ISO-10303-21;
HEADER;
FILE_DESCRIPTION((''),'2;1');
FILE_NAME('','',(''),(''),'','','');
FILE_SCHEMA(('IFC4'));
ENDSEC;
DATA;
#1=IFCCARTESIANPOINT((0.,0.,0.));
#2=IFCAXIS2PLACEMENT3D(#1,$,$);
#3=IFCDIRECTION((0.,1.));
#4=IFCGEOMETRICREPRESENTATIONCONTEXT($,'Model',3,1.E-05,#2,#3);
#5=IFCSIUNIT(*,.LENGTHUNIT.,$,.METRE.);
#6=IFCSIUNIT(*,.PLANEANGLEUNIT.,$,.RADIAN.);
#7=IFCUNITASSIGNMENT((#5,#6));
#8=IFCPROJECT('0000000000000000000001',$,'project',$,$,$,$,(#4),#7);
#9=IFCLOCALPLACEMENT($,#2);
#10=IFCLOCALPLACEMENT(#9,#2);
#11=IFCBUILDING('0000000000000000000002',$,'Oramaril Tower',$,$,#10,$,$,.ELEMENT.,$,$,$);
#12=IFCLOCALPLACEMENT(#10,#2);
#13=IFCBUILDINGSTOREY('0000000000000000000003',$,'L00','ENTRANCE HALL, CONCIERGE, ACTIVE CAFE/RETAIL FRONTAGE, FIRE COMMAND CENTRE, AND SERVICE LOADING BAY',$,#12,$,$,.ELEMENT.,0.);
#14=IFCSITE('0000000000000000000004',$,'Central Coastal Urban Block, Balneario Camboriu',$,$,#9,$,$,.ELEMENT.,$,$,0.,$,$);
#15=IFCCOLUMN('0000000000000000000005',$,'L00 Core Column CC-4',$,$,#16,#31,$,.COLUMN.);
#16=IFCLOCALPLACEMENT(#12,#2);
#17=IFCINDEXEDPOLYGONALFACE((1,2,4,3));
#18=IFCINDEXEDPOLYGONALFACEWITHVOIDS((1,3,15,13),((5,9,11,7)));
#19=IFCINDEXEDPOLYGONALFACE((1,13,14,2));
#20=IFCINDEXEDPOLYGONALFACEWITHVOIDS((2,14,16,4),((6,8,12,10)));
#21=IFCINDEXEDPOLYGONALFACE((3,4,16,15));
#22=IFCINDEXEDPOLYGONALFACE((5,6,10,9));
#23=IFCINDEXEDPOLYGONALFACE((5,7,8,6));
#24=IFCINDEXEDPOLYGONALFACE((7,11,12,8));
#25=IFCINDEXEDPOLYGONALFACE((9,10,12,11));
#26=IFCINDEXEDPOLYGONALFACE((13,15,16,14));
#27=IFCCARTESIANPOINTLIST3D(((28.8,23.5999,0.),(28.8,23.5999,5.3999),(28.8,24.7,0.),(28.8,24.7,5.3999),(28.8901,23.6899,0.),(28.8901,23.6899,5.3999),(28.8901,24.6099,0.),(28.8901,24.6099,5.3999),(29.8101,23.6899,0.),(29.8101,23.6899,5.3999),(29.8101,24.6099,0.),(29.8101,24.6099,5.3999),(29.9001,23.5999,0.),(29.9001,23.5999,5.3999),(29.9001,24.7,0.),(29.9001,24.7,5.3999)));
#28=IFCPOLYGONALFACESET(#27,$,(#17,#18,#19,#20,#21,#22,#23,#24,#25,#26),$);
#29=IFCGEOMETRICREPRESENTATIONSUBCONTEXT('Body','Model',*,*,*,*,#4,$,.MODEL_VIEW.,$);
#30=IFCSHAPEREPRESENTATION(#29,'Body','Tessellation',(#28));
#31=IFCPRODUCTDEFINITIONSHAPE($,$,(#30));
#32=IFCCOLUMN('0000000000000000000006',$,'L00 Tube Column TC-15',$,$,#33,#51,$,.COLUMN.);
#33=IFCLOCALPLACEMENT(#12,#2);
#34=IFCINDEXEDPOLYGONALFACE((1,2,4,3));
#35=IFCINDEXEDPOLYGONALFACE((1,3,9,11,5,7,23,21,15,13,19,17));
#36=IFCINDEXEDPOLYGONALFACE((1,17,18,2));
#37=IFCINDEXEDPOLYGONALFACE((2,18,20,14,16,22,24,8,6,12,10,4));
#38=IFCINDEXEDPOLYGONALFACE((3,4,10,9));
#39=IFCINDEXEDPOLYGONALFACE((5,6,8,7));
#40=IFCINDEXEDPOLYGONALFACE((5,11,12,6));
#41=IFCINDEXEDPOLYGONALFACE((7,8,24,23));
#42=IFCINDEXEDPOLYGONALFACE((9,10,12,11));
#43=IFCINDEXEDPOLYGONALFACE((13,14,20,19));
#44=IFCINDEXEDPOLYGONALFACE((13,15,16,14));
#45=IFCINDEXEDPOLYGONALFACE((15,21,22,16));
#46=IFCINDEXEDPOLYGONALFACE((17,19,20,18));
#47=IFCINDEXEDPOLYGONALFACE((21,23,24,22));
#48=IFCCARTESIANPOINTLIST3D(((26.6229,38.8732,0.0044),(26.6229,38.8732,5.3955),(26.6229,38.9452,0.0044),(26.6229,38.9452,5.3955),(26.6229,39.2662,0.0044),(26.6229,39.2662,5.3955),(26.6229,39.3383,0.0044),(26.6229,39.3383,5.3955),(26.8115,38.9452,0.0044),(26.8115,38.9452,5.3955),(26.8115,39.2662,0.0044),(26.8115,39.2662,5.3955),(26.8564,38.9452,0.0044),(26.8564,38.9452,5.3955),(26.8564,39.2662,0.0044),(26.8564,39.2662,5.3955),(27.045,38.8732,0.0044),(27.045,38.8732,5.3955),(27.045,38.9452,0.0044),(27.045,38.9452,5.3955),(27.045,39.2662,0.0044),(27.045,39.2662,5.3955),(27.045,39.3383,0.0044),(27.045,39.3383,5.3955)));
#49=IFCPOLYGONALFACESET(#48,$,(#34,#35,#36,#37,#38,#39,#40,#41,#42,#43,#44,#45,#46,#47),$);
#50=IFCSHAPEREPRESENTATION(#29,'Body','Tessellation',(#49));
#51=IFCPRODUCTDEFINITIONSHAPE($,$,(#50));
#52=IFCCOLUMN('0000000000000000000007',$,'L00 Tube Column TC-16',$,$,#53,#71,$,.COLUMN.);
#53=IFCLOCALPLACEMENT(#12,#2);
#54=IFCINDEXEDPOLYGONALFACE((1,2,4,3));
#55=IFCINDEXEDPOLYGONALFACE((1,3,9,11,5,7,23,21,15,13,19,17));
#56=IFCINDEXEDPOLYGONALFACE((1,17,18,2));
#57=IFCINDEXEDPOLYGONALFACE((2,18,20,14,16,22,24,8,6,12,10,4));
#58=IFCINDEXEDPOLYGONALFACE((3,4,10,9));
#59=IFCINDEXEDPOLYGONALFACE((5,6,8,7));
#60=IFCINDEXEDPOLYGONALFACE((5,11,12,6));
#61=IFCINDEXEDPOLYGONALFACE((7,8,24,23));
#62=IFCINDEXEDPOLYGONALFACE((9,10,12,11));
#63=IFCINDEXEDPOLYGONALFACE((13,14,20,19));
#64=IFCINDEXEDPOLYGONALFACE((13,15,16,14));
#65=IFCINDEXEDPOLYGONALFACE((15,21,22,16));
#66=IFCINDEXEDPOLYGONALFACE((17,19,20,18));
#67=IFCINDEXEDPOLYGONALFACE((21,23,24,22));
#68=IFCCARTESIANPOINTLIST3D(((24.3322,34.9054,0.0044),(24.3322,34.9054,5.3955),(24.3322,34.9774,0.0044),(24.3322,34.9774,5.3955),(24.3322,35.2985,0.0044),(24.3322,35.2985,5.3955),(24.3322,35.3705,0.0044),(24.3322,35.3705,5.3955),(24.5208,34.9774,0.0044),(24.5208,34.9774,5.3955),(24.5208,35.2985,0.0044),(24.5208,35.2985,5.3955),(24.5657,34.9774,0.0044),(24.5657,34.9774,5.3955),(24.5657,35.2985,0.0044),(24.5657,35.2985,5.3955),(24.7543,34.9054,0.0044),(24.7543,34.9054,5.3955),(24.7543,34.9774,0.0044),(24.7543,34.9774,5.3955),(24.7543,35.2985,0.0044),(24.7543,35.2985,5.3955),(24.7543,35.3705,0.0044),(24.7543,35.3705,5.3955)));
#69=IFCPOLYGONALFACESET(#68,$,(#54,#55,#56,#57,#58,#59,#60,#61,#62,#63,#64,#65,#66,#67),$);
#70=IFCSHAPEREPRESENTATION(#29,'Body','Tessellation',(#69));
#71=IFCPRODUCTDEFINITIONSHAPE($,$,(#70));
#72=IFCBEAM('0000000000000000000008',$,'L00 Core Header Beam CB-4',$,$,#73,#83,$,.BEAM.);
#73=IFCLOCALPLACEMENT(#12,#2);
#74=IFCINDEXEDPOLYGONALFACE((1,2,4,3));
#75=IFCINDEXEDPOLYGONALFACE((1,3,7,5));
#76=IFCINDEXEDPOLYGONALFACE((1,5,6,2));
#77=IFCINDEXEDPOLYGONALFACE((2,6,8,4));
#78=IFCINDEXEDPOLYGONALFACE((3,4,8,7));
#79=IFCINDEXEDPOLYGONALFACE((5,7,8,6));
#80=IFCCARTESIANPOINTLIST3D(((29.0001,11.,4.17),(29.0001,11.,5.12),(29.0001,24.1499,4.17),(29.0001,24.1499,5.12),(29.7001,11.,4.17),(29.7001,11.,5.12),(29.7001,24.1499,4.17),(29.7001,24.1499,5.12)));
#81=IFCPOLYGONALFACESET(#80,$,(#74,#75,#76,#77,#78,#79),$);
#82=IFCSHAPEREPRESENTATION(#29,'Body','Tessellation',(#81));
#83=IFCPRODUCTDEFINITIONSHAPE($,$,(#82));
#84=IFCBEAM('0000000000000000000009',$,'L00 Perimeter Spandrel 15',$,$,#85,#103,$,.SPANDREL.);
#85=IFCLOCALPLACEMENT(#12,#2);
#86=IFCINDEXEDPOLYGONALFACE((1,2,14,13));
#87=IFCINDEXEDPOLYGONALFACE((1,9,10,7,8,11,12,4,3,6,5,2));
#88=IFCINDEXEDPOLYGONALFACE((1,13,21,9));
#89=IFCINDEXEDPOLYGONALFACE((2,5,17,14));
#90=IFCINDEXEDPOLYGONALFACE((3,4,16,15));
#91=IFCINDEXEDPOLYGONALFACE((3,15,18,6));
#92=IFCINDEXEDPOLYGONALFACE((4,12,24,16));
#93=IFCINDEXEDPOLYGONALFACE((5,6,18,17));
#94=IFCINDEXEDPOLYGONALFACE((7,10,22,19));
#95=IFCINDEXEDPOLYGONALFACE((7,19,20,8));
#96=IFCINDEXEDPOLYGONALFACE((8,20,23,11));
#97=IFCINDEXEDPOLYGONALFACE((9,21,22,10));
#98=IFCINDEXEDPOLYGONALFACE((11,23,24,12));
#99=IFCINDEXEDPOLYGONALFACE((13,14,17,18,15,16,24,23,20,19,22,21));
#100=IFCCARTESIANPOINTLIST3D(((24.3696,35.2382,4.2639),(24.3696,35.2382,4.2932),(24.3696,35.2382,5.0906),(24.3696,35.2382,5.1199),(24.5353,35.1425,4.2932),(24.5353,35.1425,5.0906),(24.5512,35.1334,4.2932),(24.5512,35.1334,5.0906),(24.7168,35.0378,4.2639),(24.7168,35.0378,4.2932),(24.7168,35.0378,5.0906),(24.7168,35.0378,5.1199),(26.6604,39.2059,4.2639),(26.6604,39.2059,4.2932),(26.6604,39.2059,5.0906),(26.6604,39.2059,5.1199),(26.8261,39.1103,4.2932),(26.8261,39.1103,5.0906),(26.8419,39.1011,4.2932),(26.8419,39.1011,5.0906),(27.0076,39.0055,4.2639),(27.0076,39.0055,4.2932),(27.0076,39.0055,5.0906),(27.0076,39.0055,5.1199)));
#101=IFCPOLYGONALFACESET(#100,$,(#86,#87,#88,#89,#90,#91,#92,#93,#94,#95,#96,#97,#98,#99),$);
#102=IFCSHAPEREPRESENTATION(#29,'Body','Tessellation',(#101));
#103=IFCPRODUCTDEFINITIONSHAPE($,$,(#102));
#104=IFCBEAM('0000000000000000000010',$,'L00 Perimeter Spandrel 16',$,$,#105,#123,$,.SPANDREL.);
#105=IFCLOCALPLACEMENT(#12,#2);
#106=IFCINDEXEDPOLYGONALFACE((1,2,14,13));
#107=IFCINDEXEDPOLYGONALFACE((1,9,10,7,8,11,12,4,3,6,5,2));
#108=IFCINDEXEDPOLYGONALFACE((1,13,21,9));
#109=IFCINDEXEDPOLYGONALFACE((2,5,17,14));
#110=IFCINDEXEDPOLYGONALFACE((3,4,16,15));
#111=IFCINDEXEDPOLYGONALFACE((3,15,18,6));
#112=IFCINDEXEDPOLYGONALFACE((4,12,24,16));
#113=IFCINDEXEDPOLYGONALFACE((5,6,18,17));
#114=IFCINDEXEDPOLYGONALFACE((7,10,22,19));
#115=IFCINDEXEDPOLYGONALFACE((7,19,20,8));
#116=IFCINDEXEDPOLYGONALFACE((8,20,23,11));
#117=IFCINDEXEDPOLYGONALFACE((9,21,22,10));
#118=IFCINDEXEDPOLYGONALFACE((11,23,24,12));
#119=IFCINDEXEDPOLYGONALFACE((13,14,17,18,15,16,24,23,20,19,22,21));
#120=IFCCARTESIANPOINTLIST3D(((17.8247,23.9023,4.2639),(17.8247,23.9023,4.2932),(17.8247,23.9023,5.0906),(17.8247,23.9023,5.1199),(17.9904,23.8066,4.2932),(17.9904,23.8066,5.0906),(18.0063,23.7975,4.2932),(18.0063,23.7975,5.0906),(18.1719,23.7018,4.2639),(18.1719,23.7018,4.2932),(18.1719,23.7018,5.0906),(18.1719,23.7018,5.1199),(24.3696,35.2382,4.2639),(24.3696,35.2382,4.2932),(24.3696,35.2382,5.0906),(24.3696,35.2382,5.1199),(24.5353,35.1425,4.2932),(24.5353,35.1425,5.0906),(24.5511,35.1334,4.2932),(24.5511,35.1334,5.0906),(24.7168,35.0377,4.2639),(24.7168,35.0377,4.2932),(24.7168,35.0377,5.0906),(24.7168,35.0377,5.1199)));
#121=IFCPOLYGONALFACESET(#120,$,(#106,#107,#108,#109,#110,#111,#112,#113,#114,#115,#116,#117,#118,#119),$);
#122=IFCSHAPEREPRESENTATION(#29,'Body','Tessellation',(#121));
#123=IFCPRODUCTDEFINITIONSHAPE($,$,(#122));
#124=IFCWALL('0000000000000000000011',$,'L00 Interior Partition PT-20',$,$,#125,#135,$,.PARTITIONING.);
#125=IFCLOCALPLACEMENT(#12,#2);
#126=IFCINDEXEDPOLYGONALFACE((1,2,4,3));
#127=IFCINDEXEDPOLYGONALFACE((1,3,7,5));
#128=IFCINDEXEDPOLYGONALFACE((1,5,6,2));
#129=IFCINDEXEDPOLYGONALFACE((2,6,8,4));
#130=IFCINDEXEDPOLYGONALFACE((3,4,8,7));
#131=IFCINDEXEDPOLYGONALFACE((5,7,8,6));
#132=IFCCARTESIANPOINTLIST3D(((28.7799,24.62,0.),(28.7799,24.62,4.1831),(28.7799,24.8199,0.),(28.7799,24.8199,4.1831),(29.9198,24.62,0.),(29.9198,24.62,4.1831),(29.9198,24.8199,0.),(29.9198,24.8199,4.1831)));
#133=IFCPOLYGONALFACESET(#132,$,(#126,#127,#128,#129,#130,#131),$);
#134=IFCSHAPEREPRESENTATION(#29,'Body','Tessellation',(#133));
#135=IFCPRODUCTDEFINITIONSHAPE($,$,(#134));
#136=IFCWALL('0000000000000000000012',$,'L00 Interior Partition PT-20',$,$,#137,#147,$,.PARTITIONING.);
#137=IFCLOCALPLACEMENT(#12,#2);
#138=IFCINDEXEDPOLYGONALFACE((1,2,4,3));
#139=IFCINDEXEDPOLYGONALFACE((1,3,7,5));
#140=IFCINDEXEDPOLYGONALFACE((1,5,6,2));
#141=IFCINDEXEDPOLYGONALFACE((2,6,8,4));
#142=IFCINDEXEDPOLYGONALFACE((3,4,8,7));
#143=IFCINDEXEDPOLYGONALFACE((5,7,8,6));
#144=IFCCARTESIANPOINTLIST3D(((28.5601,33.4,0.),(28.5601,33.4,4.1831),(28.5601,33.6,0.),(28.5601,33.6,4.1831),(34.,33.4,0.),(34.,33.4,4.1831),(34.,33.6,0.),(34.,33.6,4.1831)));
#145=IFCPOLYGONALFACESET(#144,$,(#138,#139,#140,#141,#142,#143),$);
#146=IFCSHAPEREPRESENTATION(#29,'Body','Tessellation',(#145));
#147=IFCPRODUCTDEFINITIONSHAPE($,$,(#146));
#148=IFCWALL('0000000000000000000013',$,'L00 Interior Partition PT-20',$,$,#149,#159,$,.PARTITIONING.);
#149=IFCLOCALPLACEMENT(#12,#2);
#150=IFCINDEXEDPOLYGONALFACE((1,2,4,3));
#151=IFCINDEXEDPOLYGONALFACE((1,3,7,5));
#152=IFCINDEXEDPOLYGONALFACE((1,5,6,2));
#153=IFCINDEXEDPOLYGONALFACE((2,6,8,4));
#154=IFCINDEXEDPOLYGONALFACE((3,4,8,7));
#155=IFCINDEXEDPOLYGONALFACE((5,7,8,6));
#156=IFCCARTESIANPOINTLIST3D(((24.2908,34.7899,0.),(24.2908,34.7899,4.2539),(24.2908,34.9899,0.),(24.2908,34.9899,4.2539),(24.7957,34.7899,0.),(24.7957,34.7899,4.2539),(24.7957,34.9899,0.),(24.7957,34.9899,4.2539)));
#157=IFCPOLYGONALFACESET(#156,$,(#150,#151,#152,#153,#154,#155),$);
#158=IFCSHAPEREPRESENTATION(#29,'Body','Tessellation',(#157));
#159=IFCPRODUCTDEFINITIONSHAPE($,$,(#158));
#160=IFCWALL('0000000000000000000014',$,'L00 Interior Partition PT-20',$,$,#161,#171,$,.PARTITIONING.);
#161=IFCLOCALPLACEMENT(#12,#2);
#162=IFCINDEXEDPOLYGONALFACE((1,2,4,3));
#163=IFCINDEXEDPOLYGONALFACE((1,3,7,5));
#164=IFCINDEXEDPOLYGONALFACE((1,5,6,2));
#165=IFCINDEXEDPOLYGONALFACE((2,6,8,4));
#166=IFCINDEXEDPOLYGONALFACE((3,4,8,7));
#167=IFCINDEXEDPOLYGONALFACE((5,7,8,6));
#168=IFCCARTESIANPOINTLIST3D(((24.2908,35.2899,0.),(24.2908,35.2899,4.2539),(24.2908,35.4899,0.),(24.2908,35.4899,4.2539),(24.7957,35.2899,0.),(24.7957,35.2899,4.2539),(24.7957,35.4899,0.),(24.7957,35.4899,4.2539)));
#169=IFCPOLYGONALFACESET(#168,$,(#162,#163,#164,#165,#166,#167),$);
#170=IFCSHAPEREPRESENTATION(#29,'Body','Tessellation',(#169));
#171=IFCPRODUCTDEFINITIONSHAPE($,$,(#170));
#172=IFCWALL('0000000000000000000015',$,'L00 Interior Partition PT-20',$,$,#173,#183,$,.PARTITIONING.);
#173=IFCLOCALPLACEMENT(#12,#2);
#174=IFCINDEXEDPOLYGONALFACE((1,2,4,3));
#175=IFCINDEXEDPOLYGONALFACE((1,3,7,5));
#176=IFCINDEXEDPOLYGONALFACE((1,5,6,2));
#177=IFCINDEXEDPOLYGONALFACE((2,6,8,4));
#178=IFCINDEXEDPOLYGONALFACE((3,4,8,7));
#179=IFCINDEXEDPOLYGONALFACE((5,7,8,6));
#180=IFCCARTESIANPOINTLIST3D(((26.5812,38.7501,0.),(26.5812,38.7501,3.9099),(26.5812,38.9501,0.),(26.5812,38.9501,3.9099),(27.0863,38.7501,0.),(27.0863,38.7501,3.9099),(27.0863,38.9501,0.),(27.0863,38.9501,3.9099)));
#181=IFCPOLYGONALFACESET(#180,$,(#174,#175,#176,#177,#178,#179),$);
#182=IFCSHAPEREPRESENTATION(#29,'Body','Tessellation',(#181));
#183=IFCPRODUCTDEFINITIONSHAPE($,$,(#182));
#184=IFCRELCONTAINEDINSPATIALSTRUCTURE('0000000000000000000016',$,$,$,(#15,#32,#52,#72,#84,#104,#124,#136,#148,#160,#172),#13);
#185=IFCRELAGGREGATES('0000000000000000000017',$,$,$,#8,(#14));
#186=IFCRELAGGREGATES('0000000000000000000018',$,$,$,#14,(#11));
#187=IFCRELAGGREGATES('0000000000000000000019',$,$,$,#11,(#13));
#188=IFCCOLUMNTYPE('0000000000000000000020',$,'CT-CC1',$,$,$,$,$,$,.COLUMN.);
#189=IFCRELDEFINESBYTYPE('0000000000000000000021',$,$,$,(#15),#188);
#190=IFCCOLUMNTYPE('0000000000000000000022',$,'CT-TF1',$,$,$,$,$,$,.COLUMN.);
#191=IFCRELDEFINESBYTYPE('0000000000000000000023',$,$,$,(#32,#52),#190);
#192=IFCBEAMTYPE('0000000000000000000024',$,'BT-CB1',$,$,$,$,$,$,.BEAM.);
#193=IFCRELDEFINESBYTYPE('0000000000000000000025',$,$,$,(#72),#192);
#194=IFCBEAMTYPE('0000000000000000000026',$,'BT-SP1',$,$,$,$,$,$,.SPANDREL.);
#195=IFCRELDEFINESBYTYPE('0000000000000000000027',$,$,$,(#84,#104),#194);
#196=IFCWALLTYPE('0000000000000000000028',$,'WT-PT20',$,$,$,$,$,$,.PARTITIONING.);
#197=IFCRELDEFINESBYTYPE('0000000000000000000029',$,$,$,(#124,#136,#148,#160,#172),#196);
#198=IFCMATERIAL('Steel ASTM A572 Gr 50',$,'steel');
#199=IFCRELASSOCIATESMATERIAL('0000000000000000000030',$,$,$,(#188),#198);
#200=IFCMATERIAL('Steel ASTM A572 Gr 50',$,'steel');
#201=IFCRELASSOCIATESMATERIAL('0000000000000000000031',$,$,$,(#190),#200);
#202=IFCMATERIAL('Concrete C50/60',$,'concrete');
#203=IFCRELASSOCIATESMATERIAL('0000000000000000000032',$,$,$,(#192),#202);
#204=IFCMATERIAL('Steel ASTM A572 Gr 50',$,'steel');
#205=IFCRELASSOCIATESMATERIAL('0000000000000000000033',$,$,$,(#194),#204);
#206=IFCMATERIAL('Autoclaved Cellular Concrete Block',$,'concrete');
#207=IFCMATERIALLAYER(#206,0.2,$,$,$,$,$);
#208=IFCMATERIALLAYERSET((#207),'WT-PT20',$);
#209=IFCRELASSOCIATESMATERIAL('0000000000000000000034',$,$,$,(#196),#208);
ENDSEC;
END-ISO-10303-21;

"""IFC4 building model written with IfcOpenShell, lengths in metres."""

from ifc_helpers import new_model, si_unit, direction, frame, frame_2d, origin, origin_2d, place, context, subcontext, project, spatial, rectangle, hollow_rectangle, i_section, extrude, material, layer, layer_set, material_profile, profile_set, type_object, element, save


model = new_model("IFC4")

# Units and contexts
model_context = context("Model", 3, precision=1e-05, world=origin(), true_north=direction((0.0, 1.0)))
body_context = subcontext(model_context, "Body", "Model", "MODEL_VIEW")
ifc_project = project(units=[si_unit("LENGTHUNIT", "METRE"), si_unit("PLANEANGLEUNIT", "RADIAN")], contexts=[model_context])

# Site, building, storey
site_placement = place(None, origin())
site = spatial("IfcSite", under=ifc_project, at=site_placement, Name="Central Coastal Urban Block, Balneario Camboriu", CompositionType="ELEMENT", RefElevation=0.0)
building_placement = place(site_placement, origin())
building = spatial("IfcBuilding", under=site, at=building_placement, Name="Oramaril Tower", CompositionType="ELEMENT")
storey_placement = place(building_placement, origin())
storey = spatial("IfcBuildingStorey", under=building, at=storey_placement, Name="L00", Description="ENTRANCE HALL, CONCIERGE, ACTIVE CAFE/RETAIL FRONTAGE, FIRE COMMAND CENTRE, AND SERVICE LOADING BAY", CompositionType="ELEMENT", Elevation=0.0)

# Columns
ifc_material_1 = material(Name="Steel ASTM A572 Gr 50", Category="steel")
ifc_material_profile_1 = material_profile(ifc_material_1, hollow_rectangle(XDim=1.1001, YDim=1.1001, WallThickness=0.0901, at=origin_2d()), Name="BOX1100X1100X90")
ifc_profile_set_1 = profile_set([ifc_material_profile_1], Name="Steel ASTM A572 Gr 50")
column_type_1 = type_object("IfcColumnType", Name="CT-CC1", PredefinedType="COLUMN", material=ifc_profile_set_1)
column_placement = place(storey_placement, frame((29.3501, 24.1499, 0.0), z_axis=(0.0, 0.0, 1.0), x_axis=(1.0, 0.0, 0.0)))
element("IfcColumn", 1, at=column_placement, inside=storey, type_object=column_type_1, Name="L00 Core Column CC-4", PredefinedType="COLUMN", context=body_context, shape_type="SweptSolid", body=[
    extrude(hollow_rectangle(XDim=1.1001, YDim=1.1001, WallThickness=0.0901, at=origin_2d()), origin(), (0.0, 0.0, 1.0), 5.3999),
])
ifc_material_2 = material(Name="Steel ASTM A572 Gr 50", Category="steel")
ifc_material_profile_2 = material_profile(ifc_material_2, i_section(OverallWidth=0.4221, OverallDepth=0.4651, WebThickness=0.0449, FlangeThickness=0.072, at=origin_2d()), Name="W14X398")
ifc_profile_set_2 = profile_set([ifc_material_profile_2], Name="Steel ASTM A572 Gr 50")
column_type_2 = type_object("IfcColumnType", Name="CT-TF1", PredefinedType="COLUMN", material=ifc_profile_set_2)
for number, where, z_axis, x_axis, name in (
    (2, (26.834, 39.1057, 0.0044), (0.0, 0.0, 1.0), (1.0, 0.0, 0.0), "L00 Tube Column TC-15"),
    (3, (24.5432, 35.1379, 0.0044), (0.0, 0.0, 1.0), (1.0, 0.0, 0.0), "L00 Tube Column TC-16"),
):
    element("IfcColumn", number, at=place(storey_placement, frame(where, z_axis=z_axis, x_axis=x_axis)), inside=storey, type_object=column_type_2, Name=name, PredefinedType="COLUMN", context=body_context, shape_type="SweptSolid", body=[
        extrude(i_section(OverallWidth=0.4221, OverallDepth=0.4651, WebThickness=0.0449, FlangeThickness=0.072, at=origin_2d()), origin(), (0.0, 0.0, 1.0), 5.3911),
    ])

# Beams
ifc_material_3 = material(Name="Concrete C50/60", Category="concrete")
ifc_material_profile_3 = material_profile(ifc_material_3, rectangle(XDim=0.7, YDim=0.95, at=origin_2d()), Name="CB700X950")
ifc_profile_set_3 = profile_set([ifc_material_profile_3], Name="Concrete C50/60")
beam_type_1 = type_object("IfcBeamType", Name="BT-CB1", PredefinedType="BEAM", material=ifc_profile_set_3)
beam_1_placement = place(storey_placement, frame((29.3501, 24.1499, 4.645), z_axis=(0.0, -1.0, 0.0), x_axis=(1.0, 0.0, 0.0)))
element("IfcBeam", 4, at=beam_1_placement, inside=storey, type_object=beam_type_1, Name="L00 Core Header Beam CB-4", PredefinedType="BEAM", context=body_context, shape_type="SweptSolid", body=[
    extrude(rectangle(XDim=0.7, YDim=0.95, at=origin_2d()), origin(), (0.0, 0.0, 1.0), 13.1499),
])
ifc_material_4 = material(Name="Steel ASTM A572 Gr 50", Category="steel")
ifc_material_profile_4 = material_profile(ifc_material_4, i_section(OverallWidth=0.4009, OverallDepth=0.856, WebThickness=0.0183, FlangeThickness=0.0293, at=origin_2d()), Name="W33X201")
ifc_profile_set_4 = profile_set([ifc_material_profile_4], Name="Steel ASTM A572 Gr 50")
beam_type_2 = type_object("IfcBeamType", Name="BT-SP1", PredefinedType="SPANDREL", material=ifc_profile_set_4)
beam_2_placement = place(storey_placement, frame((26.834, 39.1057, 4.6919), z_axis=(-0.499996, -0.866028, 0.0), x_axis=(0.866028, -0.499996, 0.0)))
element("IfcBeam", 5, at=beam_2_placement, inside=storey, type_object=beam_type_2, Name="L00 Perimeter Spandrel 15", PredefinedType="SPANDREL", context=body_context, shape_type="SweptSolid", body=[
    extrude(i_section(OverallWidth=0.4009, OverallDepth=0.856, WebThickness=0.0183, FlangeThickness=0.0293, at=origin_2d()), origin(), (0.0, 0.0, 1.0), 4.5815),
])
beam_3_placement = place(storey_placement, frame((24.5432, 35.1379, 4.6919), z_axis=(-0.500007, -0.866022, 0.0), x_axis=(0.866022, -0.500007, 0.0)))
element("IfcBeam", 6, at=beam_3_placement, inside=storey, type_object=beam_type_2, Name="L00 Perimeter Spandrel 16", PredefinedType="SPANDREL", context=body_context, shape_type="SweptSolid", body=[
    extrude(i_section(OverallWidth=0.4009, OverallDepth=0.856, WebThickness=0.0183, FlangeThickness=0.0293, at=origin_2d()), origin(), (0.0, 0.0, 1.0), 13.0896),
])

# Wall
ifc_material_5 = material(Name="Autoclaved Cellular Concrete Block", Category="concrete")
ifc_layer = layer(ifc_material_5, 0.2)
ifc_layer_set = layer_set([ifc_layer], Name="WT-PT20")
wall_type = type_object("IfcWallType", Name="WT-PT20", PredefinedType="PARTITIONING", material=ifc_layer_set)
wall_1_placement = place(storey_placement, frame((28.78, 24.72, 0.0), z_axis=(0.0, 0.0, 1.0), x_axis=(1.0, 0.0, 0.0)))
element("IfcWall", 7, at=wall_1_placement, inside=storey, type_object=wall_type, Name="L00 Interior Partition PT-20", PredefinedType="PARTITIONING", context=body_context, shape_type="SweptSolid", body=[
    extrude(rectangle(XDim=1.1399, YDim=0.2, at=frame_2d((0.5698, 0.0))), origin(), (0.0, 0.0, 1.0), 4.1831),
])

# Walls
wall_2_placement = place(storey_placement, frame((28.5601, 33.5, 0.0), z_axis=(0.0, 0.0, 1.0), x_axis=(1.0, 0.0, 0.0)))
element("IfcWall", 8, at=wall_2_placement, inside=storey, type_object=wall_type, Name="L00 Interior Partition PT-20", PredefinedType="PARTITIONING", context=body_context, shape_type="SweptSolid", body=[
    extrude(rectangle(XDim=5.4399, YDim=0.2, at=frame_2d((2.72, 0.0))), origin(), (0.0, 0.0, 1.0), 4.1831),
])
for number, where, z_axis, x_axis, name in (
    (9, (24.2908, 34.8899, 0.0), (0.0, 0.0, 1.0), (1.0, 0.0, 0.0), "L00 Interior Partition PT-20"),
    (10, (24.2908, 35.3899, 0.0), (0.0, 0.0, 1.0), (1.0, 0.0, 0.0), "L00 Interior Partition PT-20"),
):
    element("IfcWall", number, at=place(storey_placement, frame(where, z_axis=z_axis, x_axis=x_axis)), inside=storey, type_object=wall_type, Name=name, PredefinedType="PARTITIONING", context=body_context, shape_type="SweptSolid", body=[
        extrude(rectangle(XDim=0.5049, YDim=0.2, at=frame_2d((0.2524, 0.0))), origin(), (0.0, 0.0, 1.0), 4.2539),
    ])
for number, where, z_axis, x_axis, name in (
    (11, (26.5813, 38.8501, 0.0), (0.0, 0.0, 1.0), (1.0, 0.0, 0.0), "L00 Interior Partition PT-20"),
):
    element("IfcWall", number, at=place(storey_placement, frame(where, z_axis=z_axis, x_axis=x_axis)), inside=storey, type_object=wall_type, Name=name, PredefinedType="PARTITIONING", context=body_context, shape_type="SweptSolid", body=[
        extrude(rectangle(XDim=0.5051, YDim=0.2, at=frame_2d((0.2524, 0.0))), origin(), (0.0, 0.0, 1.0), 3.9099),
    ])

save(model, "model.ifc")
